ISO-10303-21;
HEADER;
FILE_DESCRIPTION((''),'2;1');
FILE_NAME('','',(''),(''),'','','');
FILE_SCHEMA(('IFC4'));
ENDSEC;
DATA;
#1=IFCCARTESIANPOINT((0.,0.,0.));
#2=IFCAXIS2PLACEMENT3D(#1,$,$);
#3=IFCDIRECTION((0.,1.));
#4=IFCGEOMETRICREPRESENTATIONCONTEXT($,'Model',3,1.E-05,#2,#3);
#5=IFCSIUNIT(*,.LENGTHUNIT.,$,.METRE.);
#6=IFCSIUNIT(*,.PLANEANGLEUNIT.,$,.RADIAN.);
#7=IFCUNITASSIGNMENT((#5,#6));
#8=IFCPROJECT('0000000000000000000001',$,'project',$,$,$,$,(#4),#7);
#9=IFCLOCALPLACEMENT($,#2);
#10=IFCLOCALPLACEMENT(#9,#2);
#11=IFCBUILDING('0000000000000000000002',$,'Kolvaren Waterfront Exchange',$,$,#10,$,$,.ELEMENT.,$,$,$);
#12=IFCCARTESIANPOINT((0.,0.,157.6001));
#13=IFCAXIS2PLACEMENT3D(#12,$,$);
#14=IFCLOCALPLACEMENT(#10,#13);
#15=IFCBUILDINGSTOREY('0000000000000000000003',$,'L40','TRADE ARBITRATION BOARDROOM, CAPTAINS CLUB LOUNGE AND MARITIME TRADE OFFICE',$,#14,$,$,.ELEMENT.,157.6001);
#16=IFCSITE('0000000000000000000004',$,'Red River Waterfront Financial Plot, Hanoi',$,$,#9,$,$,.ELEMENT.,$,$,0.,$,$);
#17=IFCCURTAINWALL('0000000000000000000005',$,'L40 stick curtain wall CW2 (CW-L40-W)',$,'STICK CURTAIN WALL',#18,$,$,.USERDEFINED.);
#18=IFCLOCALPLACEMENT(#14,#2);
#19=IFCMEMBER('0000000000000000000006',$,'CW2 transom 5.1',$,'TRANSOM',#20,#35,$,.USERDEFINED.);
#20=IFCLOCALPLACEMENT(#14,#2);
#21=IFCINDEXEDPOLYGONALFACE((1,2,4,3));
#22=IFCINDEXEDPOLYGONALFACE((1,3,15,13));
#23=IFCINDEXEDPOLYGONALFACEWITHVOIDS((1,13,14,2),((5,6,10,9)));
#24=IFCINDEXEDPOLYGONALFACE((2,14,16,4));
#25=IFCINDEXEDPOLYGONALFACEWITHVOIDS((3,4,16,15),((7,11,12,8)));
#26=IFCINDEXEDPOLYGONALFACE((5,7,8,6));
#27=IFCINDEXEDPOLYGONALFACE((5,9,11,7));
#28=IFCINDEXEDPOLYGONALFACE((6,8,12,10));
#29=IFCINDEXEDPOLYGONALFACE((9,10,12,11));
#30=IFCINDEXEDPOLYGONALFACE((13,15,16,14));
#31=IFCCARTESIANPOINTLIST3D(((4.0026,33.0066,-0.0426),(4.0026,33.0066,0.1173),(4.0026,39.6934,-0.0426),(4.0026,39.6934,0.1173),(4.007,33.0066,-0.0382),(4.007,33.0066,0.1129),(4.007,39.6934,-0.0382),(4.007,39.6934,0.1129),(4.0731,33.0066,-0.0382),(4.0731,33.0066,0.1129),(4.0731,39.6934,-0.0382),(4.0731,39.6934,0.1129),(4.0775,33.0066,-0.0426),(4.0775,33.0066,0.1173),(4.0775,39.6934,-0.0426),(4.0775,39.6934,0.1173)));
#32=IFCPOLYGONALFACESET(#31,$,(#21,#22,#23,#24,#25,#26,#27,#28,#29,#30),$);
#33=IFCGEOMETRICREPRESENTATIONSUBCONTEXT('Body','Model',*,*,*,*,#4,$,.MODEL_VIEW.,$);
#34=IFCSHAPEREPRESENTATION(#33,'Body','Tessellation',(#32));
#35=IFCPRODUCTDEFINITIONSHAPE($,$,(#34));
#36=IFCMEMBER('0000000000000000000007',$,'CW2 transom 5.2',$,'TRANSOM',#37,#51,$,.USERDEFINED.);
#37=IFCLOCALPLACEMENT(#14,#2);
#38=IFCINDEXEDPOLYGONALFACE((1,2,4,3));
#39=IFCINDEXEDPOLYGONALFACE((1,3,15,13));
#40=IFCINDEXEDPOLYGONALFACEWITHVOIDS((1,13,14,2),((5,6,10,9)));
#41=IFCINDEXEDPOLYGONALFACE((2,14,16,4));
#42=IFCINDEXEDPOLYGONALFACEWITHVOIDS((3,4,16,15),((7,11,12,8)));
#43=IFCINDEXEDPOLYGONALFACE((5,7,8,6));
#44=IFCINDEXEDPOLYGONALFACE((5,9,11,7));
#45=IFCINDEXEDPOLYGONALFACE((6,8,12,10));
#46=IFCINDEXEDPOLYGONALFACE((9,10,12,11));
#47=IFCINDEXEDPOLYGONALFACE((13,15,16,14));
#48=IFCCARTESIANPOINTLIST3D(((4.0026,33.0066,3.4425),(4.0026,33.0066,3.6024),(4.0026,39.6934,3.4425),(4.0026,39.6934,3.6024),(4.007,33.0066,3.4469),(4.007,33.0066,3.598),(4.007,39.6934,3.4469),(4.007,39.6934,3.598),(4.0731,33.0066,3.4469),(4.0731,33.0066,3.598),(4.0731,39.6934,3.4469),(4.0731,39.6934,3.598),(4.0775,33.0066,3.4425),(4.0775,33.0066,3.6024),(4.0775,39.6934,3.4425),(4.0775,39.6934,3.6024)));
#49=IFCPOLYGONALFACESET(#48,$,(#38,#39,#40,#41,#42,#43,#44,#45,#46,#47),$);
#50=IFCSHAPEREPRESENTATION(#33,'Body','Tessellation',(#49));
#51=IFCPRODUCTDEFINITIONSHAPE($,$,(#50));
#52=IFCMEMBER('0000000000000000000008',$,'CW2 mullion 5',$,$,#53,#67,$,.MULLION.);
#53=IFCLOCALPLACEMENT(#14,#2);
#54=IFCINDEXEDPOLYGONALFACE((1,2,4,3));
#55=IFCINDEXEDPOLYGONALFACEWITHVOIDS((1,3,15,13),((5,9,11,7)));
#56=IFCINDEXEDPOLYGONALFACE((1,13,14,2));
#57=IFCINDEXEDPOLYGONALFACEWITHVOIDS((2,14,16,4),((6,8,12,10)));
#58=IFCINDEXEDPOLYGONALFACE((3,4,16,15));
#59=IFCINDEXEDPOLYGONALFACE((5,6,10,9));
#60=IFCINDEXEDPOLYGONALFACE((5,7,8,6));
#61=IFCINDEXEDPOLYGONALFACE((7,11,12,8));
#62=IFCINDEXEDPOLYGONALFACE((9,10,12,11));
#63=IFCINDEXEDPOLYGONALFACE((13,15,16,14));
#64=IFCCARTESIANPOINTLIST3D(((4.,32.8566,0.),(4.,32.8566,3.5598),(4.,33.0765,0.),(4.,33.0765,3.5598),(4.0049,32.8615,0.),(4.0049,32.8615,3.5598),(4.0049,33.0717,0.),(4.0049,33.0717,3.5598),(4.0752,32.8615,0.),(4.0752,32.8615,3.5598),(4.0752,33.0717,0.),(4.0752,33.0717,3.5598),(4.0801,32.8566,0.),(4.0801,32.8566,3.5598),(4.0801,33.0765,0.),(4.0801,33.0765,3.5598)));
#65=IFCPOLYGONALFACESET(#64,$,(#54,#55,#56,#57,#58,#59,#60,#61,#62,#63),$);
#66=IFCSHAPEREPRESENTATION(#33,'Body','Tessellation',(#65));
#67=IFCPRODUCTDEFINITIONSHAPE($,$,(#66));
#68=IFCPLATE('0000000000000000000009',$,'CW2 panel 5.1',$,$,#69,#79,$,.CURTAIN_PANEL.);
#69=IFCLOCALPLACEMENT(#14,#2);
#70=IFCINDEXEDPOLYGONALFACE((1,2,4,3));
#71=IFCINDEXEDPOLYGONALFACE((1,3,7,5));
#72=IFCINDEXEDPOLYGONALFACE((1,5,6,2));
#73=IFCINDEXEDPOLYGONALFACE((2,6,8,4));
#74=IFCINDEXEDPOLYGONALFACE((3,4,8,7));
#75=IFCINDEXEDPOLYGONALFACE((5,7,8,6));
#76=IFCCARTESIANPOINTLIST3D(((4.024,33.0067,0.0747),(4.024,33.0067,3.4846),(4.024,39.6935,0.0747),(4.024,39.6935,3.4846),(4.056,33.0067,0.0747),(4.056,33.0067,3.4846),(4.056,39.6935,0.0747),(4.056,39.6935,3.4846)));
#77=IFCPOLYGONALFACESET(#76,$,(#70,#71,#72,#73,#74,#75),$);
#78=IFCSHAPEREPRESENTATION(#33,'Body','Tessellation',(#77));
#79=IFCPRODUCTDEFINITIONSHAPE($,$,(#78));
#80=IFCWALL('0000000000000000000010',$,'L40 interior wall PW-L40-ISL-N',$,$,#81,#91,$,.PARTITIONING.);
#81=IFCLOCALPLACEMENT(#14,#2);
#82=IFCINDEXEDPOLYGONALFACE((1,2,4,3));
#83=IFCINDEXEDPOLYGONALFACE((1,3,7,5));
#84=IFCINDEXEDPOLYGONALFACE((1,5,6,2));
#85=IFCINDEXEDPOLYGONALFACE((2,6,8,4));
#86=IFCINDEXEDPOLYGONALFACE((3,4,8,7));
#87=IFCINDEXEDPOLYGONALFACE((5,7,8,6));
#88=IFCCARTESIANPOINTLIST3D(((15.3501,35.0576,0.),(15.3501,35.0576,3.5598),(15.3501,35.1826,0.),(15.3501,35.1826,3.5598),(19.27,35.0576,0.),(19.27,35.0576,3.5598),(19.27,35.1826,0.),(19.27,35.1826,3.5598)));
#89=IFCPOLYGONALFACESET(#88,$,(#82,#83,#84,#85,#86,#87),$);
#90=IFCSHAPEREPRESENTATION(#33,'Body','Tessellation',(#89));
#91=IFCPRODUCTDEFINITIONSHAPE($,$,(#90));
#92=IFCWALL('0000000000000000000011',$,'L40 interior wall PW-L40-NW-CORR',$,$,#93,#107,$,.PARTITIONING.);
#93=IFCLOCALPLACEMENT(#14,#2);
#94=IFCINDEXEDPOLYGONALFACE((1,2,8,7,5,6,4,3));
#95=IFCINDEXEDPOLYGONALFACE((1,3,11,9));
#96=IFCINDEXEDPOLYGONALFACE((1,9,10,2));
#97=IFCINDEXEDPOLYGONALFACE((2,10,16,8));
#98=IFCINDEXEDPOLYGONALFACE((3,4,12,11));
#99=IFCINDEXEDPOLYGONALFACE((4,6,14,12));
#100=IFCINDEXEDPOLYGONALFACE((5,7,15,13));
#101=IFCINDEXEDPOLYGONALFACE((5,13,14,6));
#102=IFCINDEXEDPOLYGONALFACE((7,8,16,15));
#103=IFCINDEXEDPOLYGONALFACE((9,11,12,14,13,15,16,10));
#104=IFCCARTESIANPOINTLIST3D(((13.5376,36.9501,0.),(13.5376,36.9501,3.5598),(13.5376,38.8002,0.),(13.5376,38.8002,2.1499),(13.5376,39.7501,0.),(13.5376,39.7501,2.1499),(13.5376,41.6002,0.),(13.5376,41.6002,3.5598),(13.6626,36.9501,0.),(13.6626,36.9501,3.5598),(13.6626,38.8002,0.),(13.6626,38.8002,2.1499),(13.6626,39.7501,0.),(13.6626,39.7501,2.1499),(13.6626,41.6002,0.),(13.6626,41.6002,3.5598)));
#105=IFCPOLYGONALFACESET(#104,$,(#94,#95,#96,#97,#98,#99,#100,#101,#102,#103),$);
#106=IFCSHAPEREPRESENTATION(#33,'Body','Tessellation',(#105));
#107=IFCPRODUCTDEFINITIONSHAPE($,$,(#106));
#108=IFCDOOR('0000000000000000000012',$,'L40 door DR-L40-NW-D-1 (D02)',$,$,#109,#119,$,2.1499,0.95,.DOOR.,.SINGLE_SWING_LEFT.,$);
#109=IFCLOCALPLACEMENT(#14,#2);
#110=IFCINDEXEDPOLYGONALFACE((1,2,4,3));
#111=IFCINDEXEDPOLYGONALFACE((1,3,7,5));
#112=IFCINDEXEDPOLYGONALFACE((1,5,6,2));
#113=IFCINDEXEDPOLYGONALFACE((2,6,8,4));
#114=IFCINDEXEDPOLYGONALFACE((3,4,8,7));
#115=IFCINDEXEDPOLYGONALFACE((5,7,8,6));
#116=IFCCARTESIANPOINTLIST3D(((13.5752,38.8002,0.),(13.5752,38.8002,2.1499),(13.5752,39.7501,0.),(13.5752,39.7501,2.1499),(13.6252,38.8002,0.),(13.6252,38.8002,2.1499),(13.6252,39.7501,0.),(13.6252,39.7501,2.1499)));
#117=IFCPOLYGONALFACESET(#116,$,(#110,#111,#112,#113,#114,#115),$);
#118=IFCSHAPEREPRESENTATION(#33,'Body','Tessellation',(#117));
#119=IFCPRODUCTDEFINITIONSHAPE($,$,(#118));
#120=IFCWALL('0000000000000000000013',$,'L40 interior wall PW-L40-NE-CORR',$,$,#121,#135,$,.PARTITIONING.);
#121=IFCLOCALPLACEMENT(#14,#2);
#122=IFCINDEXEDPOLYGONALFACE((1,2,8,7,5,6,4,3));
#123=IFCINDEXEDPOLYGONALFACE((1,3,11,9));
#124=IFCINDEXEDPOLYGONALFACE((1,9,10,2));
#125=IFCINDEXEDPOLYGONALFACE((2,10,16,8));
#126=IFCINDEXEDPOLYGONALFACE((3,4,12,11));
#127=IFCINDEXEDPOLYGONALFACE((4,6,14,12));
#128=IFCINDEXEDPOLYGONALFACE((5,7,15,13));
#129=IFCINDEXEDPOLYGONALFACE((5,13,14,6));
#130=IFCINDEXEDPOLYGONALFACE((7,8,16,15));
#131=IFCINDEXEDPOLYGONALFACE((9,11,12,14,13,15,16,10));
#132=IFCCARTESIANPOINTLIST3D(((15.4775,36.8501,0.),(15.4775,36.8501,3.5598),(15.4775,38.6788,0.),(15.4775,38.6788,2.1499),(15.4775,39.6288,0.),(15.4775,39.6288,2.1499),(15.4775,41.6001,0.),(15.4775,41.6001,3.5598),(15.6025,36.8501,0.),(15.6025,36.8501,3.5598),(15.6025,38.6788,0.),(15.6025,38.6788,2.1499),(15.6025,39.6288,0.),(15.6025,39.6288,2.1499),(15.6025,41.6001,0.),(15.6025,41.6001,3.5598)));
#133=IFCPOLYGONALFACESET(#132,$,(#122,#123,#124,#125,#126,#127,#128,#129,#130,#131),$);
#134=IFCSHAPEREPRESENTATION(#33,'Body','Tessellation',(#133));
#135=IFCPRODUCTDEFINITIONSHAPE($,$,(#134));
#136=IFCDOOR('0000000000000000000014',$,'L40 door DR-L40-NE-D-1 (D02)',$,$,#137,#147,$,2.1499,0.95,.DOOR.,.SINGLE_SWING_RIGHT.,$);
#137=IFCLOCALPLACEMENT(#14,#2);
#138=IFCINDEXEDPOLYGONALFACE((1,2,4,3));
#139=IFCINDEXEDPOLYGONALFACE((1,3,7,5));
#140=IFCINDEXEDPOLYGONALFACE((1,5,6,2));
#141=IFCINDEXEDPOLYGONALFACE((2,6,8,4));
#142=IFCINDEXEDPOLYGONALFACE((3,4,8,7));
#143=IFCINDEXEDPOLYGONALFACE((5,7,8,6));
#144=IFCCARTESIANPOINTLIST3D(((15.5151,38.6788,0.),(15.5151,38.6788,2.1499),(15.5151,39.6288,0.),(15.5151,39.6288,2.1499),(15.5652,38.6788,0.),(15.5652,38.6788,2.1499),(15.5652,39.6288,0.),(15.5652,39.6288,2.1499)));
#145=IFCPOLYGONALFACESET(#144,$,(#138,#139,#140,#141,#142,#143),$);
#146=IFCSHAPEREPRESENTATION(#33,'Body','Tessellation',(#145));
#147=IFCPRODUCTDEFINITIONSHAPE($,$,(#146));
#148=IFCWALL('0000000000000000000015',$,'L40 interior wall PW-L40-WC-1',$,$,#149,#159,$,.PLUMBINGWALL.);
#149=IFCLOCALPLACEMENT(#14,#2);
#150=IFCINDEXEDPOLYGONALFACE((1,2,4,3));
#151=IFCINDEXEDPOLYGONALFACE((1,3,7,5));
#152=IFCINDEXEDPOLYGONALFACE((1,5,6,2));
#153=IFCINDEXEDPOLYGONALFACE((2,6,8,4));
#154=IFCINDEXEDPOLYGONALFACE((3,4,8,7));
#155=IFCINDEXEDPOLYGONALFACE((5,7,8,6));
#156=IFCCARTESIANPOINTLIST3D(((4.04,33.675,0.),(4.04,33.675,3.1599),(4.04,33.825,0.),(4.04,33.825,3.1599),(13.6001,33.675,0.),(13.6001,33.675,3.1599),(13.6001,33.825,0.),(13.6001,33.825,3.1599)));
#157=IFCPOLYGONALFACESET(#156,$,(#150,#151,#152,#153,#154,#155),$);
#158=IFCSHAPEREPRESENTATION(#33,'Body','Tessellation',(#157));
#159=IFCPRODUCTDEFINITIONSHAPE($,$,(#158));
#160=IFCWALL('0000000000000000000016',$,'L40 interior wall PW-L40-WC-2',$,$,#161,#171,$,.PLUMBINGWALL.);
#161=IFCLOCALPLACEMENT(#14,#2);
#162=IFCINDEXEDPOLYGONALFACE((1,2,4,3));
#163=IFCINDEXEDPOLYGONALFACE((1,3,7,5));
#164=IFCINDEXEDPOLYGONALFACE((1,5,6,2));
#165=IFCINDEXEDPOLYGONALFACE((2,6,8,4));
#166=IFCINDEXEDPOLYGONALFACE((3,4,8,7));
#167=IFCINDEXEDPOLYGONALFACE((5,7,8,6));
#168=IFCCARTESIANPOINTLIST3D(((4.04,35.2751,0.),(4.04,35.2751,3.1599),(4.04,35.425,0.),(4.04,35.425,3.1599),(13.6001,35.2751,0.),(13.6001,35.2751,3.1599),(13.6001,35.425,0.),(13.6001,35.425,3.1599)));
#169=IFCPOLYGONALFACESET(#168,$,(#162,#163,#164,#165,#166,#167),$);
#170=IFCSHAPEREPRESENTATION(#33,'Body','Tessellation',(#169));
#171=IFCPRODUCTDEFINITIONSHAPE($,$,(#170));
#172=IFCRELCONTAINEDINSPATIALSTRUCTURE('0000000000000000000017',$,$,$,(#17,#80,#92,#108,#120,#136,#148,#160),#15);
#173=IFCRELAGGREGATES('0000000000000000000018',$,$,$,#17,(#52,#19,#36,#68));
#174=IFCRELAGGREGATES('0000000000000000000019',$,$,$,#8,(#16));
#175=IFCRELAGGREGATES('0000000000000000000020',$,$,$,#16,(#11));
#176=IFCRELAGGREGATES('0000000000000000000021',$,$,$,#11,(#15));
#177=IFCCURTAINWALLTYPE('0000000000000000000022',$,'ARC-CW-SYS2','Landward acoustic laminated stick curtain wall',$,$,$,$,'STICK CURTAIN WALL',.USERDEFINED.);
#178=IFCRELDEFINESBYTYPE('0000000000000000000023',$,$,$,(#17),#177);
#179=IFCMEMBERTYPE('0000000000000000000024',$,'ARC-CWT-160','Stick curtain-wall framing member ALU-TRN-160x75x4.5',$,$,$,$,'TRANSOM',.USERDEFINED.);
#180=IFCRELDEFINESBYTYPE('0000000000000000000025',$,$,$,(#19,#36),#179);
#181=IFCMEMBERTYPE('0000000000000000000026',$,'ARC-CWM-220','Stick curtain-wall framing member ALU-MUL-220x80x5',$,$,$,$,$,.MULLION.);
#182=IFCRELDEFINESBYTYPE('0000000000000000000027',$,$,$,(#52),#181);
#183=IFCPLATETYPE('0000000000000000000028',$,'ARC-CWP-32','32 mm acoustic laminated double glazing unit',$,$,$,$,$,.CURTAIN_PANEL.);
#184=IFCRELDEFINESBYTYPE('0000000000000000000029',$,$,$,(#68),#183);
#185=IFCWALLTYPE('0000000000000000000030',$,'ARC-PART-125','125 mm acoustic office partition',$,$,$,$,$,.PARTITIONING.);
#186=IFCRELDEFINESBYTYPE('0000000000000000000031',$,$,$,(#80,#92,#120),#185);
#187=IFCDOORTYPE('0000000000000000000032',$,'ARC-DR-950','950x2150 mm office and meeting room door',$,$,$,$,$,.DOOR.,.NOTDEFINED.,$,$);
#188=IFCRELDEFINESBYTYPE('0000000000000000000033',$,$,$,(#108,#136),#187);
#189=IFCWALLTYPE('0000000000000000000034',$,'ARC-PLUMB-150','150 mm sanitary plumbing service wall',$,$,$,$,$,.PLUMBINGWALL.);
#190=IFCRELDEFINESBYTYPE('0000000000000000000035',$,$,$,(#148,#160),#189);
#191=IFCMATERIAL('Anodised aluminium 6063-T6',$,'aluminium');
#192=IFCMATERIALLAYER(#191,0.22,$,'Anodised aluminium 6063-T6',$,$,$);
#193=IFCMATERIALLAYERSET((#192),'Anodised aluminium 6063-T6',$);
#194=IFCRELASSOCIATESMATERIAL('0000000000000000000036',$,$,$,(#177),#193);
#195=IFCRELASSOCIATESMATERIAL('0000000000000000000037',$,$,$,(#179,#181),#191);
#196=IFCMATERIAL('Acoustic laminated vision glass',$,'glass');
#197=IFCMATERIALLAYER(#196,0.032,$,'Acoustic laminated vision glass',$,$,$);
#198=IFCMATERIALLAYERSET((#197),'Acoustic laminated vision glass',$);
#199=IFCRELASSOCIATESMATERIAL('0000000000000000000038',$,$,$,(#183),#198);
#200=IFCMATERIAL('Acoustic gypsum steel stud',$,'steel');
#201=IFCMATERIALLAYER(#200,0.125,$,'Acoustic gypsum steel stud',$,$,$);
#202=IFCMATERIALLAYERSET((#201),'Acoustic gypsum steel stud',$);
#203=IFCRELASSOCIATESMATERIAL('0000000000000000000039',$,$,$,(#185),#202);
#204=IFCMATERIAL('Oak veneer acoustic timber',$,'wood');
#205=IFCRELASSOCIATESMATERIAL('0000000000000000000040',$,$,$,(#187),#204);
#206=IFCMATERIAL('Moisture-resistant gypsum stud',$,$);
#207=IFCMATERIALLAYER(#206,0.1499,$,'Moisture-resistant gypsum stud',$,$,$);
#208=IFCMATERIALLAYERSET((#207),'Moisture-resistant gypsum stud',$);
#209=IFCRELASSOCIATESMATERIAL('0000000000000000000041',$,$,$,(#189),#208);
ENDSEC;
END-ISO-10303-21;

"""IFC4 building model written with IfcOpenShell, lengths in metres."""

from ifc_helpers import new_model, si_unit, direction, frame, frame_2d, origin, origin_with_axes, origin_2d, place, context, subcontext, project, spatial, rectangle, hollow_rectangle, extrude, source, transform, mapped, material, layer, layer_set, material_profile, profile_set, type_object, element, fill, aggregate, save


model = new_model("IFC4")

# Units and contexts
model_context = context("Model", 3, precision=1e-05, world=origin(), true_north=direction((0.0, 1.0)))
body_context = subcontext(model_context, "Body", "Model", "MODEL_VIEW")
ifc_project = project(units=[si_unit("LENGTHUNIT", "METRE"), si_unit("PLANEANGLEUNIT", "RADIAN")], contexts=[model_context])

# Site, building, storey
site_placement = place(None, origin())
site = spatial("IfcSite", under=ifc_project, at=site_placement, Name="Red River Waterfront Financial Plot, Hanoi", CompositionType="ELEMENT", RefElevation=0.0)
building_placement = place(site_placement, origin())
building = spatial("IfcBuilding", under=site, at=building_placement, Name="Kolvaren Waterfront Exchange", CompositionType="ELEMENT")
storey_placement = place(building_placement, frame((0.0, 0.0, 157.6001)))
storey = spatial("IfcBuildingStorey", under=building, at=storey_placement, Name="L40", Description="TRADE ARBITRATION BOARDROOM, CAPTAINS CLUB LOUNGE AND MARITIME TRADE OFFICE", CompositionType="ELEMENT", Elevation=157.6001)

# Curtain wall, members, plate
ifc_material_1 = material(Name="Anodised aluminium 6063-T6", Category="aluminium")
ifc_layer_1 = layer(ifc_material_1, 0.22, Name="Anodised aluminium 6063-T6")
ifc_layer_set_1 = layer_set([ifc_layer_1], Name="Anodised aluminium 6063-T6")
curtain_wall_type = type_object("IfcCurtainWallType", Name="ARC-CW-SYS2", Description="Landward acoustic laminated stick curtain wall", ElementType="STICK CURTAIN WALL", PredefinedType="USERDEFINED", material=ifc_layer_set_1)
curtain_wall_placement = place(storey_placement, origin())
curtain_wall = element("IfcCurtainWall", 1, at=curtain_wall_placement, inside=storey, type_object=curtain_wall_type, Name="L40 stick curtain wall CW2 (CW-L40-W)", ObjectType="STICK CURTAIN WALL", PredefinedType="USERDEFINED")
ifc_material_profile_1 = material_profile(ifc_material_1, hollow_rectangle(XDim=0.075, YDim=0.1599, WallThickness=0.0044, at=origin_2d()), Name="ALU-TRN-160x75x4.5")
ifc_profile_set_1 = profile_set([ifc_material_profile_1], Name="Anodised aluminium 6063-T6")
member_type_1 = type_object("IfcMemberType", Name="ARC-CWT-160", Description="Stick curtain-wall framing member ALU-TRN-160x75x4.5", ElementType="TRANSOM", PredefinedType="USERDEFINED", material=ifc_profile_set_1)
shared_shape_1 = source(origin_with_axes(), body_context, "Body", "SweptSolid", [
    extrude(hollow_rectangle(XDim=0.075, YDim=0.1599, WallThickness=0.0044, at=origin_2d()), origin(), (0.0, 0.0, 1.0), 6.6868),
])
member_1_placement = place(storey_placement, frame((4.04, 33.0066, 0.0374), z_axis=(0.0, 1.0, 0.0), x_axis=(-1.0, 0.0, 0.0)))
member_1 = element("IfcMember", 2, at=member_1_placement, type_object=member_type_1, Name="CW2 transom 5.1", ObjectType="TRANSOM", PredefinedType="USERDEFINED", context=body_context, shape_type="MappedRepresentation", body=[
    mapped(shared_shape_1, transform((0.0, 0.0, 0.0), x_axis=(1.0, 0.0, 0.0), y_axis=(0.0, 1.0, 0.0), z_axis=(0.0, 0.0, 1.0), scale=1.0)),
])
member_2_placement = place(storey_placement, frame((4.04, 33.0066, 3.5225), z_axis=(0.0, 1.0, 0.0), x_axis=(-1.0, 0.0, 0.0)))
member_2 = element("IfcMember", 3, at=member_2_placement, type_object=member_type_1, Name="CW2 transom 5.2", ObjectType="TRANSOM", PredefinedType="USERDEFINED", context=body_context, shape_type="MappedRepresentation", body=[
    mapped(shared_shape_1, transform((0.0, 0.0, 0.0), x_axis=(1.0, 0.0, 0.0), y_axis=(0.0, 1.0, 0.0), z_axis=(0.0, 0.0, 1.0), scale=1.0)),
])
ifc_material_profile_2 = material_profile(ifc_material_1, hollow_rectangle(XDim=0.0801, YDim=0.22, WallThickness=0.0049, at=origin_2d()), Name="ALU-MUL-220x80x5")
ifc_profile_set_2 = profile_set([ifc_material_profile_2], Name="Anodised aluminium 6063-T6")
member_type_2 = type_object("IfcMemberType", Name="ARC-CWM-220", Description="Stick curtain-wall framing member ALU-MUL-220x80x5", PredefinedType="MULLION", material=ifc_profile_set_2)
shared_shape_2 = source(origin_with_axes(), body_context, "Body", "SweptSolid", [
    extrude(hollow_rectangle(XDim=0.0801, YDim=0.22, WallThickness=0.0049, at=origin_2d()), origin(), (0.0, 0.0, 1.0), 3.5598),
])
member_3_placement = place(storey_placement, frame((4.04, 32.9666, 0.0), z_axis=(0.0, 0.0, 1.0), x_axis=(-1.0, 0.0, 0.0)))
member_3 = element("IfcMember", 4, at=member_3_placement, type_object=member_type_2, Name="CW2 mullion 5", PredefinedType="MULLION", context=body_context, shape_type="MappedRepresentation", body=[
    mapped(shared_shape_2, transform((0.0, 0.0, 0.0), x_axis=(1.0, 0.0, 0.0), y_axis=(0.0, 1.0, 0.0), z_axis=(0.0, 0.0, 1.0), scale=1.0)),
])
ifc_material_2 = material(Name="Acoustic laminated vision glass", Category="glass")
ifc_layer_2 = layer(ifc_material_2, 0.032, Name="Acoustic laminated vision glass")
ifc_layer_set_2 = layer_set([ifc_layer_2], Name="Acoustic laminated vision glass")
plate_type = type_object("IfcPlateType", Name="ARC-CWP-32", Description="32 mm acoustic laminated double glazing unit", PredefinedType="CURTAIN_PANEL", material=ifc_layer_set_2)
shared_shape_3 = source(origin_with_axes(), body_context, "Body", "SweptSolid", [
    extrude(rectangle(XDim=6.6868, YDim=0.032, at=origin_2d()), origin(), (0.0, 0.0, 1.0), 3.4099),
])
plate_placement = place(storey_placement, frame((4.04, 36.3501, 0.0747), z_axis=(0.0, 0.0, 1.0), x_axis=(0.0, 1.0, 0.0)))
plate = element("IfcPlate", 5, at=plate_placement, type_object=plate_type, Name="CW2 panel 5.1", PredefinedType="CURTAIN_PANEL", context=body_context, shape_type="MappedRepresentation", body=[
    mapped(shared_shape_3, transform((0.0, 0.0, 0.0), x_axis=(1.0, 0.0, 0.0), y_axis=(0.0, 1.0, 0.0), z_axis=(0.0, 0.0, 1.0), scale=1.0)),
])
aggregate(curtain_wall, [member_3, member_1, member_2, plate])

# Wall
ifc_material_3 = material(Name="Acoustic gypsum steel stud", Category="steel")
ifc_layer_3 = layer(ifc_material_3, 0.125, Name="Acoustic gypsum steel stud")
ifc_layer_set_3 = layer_set([ifc_layer_3], Name="Acoustic gypsum steel stud")
wall_type_1 = type_object("IfcWallType", Name="ARC-PART-125", Description="125 mm acoustic office partition", PredefinedType="PARTITIONING", material=ifc_layer_set_3)
wall_1_placement = place(storey_placement, frame((15.3501, 35.1201, 0.0), z_axis=(0.0, 0.0, 1.0), x_axis=(1.0, 0.0, 0.0)))
element("IfcWall", 6, at=wall_1_placement, inside=storey, type_object=wall_type_1, Name="L40 interior wall PW-L40-ISL-N", PredefinedType="PARTITIONING", context=body_context, shape_type="SweptSolid", body=[
    extrude(rectangle(XDim=3.9199, YDim=0.125, at=frame_2d((1.96, 0.0))), origin(), (0.0, 0.0, 1.0), 3.5598),
])

# Walls, openings, doors
wall_2_placement = place(storey_placement, frame((13.6001, 36.95, 0.0), z_axis=(0.0, 0.0, 1.0), x_axis=(0.0, 1.0, 0.0)))
wall_2 = element("IfcWall", 7, at=wall_2_placement, inside=storey, type_object=wall_type_1, Name="L40 interior wall PW-L40-NW-CORR", PredefinedType="PARTITIONING", context=body_context, shape_type="SweptSolid", body=[
    extrude(rectangle(XDim=4.6501, YDim=0.125, at=frame_2d((2.3252, 0.0))), origin(), (0.0, 0.0, 1.0), 3.5598),
])
opening_1_placement = place(wall_2_placement, frame((1.8501, 0.0, 0.0)))
opening_1 = element("IfcOpeningElement", 8, at=opening_1_placement, cuts=wall_2, PredefinedType="OPENING", context=body_context, shape_type="SweptSolid", body=[
    extrude(rectangle(XDim=0.95, YDim=2.1499, at=frame_2d((0.4751, 1.075))), frame((0.0, 0.0725, 0.0), z_axis=(0.0, -1.0, 0.0), x_axis=(1.0, 0.0, 0.0)), (0.0, 0.0, 1.0), 0.145),
])
ifc_material_4 = material(Name="Oak veneer acoustic timber", Category="wood")
door_type = type_object("IfcDoorType", Name="ARC-DR-950", Description="950x2150 mm office and meeting room door", OperationType="NOTDEFINED", PredefinedType="DOOR", material=ifc_material_4)
door_1_placement = place(opening_1_placement, origin())
door_1 = element("IfcDoor", 9, at=door_1_placement, inside=storey, type_object=door_type, Name="L40 door DR-L40-NW-D-1 (D02)", OperationType="SINGLE_SWING_LEFT", OverallHeight=2.1499, OverallWidth=0.95, PredefinedType="DOOR", context=body_context, shape_type="SweptSolid", body=[
    extrude(rectangle(XDim=0.95, YDim=2.1499, at=frame_2d((0.4751, 1.075))), frame((0.0, 0.0249, 0.0), z_axis=(0.0, -1.0, 0.0), x_axis=(1.0, 0.0, 0.0)), (0.0, 0.0, 1.0), 0.05),
])
fill(opening_1, door_1)
wall_3_placement = place(storey_placement, frame((15.54, 36.8501, 0.0), z_axis=(0.0, 0.0, 1.0), x_axis=(0.0, 1.0, 0.0)))
wall_3 = element("IfcWall", 10, at=wall_3_placement, inside=storey, type_object=wall_type_1, Name="L40 interior wall PW-L40-NE-CORR", PredefinedType="PARTITIONING", context=body_context, shape_type="SweptSolid", body=[
    extrude(rectangle(XDim=4.75, YDim=0.125, at=frame_2d((2.375, 0.0))), origin(), (0.0, 0.0, 1.0), 3.5598),
])
opening_2_placement = place(wall_3_placement, frame((1.8286, 0.0, 0.0)))
opening_2 = element("IfcOpeningElement", 11, at=opening_2_placement, cuts=wall_3, PredefinedType="OPENING", context=body_context, shape_type="SweptSolid", body=[
    extrude(rectangle(XDim=0.95, YDim=2.1499, at=frame_2d((0.4751, 1.075))), frame((0.0, 0.0725, 0.0), z_axis=(0.0, -1.0, 0.0), x_axis=(1.0, 0.0, 0.0)), (0.0, 0.0, 1.0), 0.145),
])
door_2_placement = place(opening_2_placement, origin())
door_2 = element("IfcDoor", 12, at=door_2_placement, inside=storey, type_object=door_type, Name="L40 door DR-L40-NE-D-1 (D02)", OperationType="SINGLE_SWING_RIGHT", OverallHeight=2.1499, OverallWidth=0.95, PredefinedType="DOOR", context=body_context, shape_type="SweptSolid", body=[
    extrude(rectangle(XDim=0.95, YDim=2.1499, at=frame_2d((0.4751, 1.075))), frame((0.0, 0.0249, 0.0), z_axis=(0.0, -1.0, 0.0), x_axis=(1.0, 0.0, 0.0)), (0.0, 0.0, 1.0), 0.05),
])
fill(opening_2, door_2)

# Walls
ifc_material_5 = material(Name="Moisture-resistant gypsum stud")
ifc_layer_4 = layer(ifc_material_5, 0.1499, Name="Moisture-resistant gypsum stud")
ifc_layer_set_4 = layer_set([ifc_layer_4], Name="Moisture-resistant gypsum stud")
wall_type_2 = type_object("IfcWallType", Name="ARC-PLUMB-150", Description="150 mm sanitary plumbing service wall", PredefinedType="PLUMBINGWALL", material=ifc_layer_set_4)
for number, where, z_axis, x_axis, name in (
    (13, (4.04, 33.75, 0.0), (0.0, 0.0, 1.0), (1.0, 0.0, 0.0), "L40 interior wall PW-L40-WC-1"),
    (14, (4.04, 35.3501, 0.0), (0.0, 0.0, 1.0), (1.0, 0.0, 0.0), "L40 interior wall PW-L40-WC-2"),
):
    element("IfcWall", number, at=place(storey_placement, frame(where, z_axis=z_axis, x_axis=x_axis)), inside=storey, type_object=wall_type_2, Name=name, PredefinedType="PLUMBINGWALL", context=body_context, shape_type="SweptSolid", body=[
        extrude(rectangle(XDim=9.5601, YDim=0.1499, at=frame_2d((4.78, 0.0))), origin(), (0.0, 0.0, 1.0), 3.1599),
    ])

save(model, "model.ifc")
